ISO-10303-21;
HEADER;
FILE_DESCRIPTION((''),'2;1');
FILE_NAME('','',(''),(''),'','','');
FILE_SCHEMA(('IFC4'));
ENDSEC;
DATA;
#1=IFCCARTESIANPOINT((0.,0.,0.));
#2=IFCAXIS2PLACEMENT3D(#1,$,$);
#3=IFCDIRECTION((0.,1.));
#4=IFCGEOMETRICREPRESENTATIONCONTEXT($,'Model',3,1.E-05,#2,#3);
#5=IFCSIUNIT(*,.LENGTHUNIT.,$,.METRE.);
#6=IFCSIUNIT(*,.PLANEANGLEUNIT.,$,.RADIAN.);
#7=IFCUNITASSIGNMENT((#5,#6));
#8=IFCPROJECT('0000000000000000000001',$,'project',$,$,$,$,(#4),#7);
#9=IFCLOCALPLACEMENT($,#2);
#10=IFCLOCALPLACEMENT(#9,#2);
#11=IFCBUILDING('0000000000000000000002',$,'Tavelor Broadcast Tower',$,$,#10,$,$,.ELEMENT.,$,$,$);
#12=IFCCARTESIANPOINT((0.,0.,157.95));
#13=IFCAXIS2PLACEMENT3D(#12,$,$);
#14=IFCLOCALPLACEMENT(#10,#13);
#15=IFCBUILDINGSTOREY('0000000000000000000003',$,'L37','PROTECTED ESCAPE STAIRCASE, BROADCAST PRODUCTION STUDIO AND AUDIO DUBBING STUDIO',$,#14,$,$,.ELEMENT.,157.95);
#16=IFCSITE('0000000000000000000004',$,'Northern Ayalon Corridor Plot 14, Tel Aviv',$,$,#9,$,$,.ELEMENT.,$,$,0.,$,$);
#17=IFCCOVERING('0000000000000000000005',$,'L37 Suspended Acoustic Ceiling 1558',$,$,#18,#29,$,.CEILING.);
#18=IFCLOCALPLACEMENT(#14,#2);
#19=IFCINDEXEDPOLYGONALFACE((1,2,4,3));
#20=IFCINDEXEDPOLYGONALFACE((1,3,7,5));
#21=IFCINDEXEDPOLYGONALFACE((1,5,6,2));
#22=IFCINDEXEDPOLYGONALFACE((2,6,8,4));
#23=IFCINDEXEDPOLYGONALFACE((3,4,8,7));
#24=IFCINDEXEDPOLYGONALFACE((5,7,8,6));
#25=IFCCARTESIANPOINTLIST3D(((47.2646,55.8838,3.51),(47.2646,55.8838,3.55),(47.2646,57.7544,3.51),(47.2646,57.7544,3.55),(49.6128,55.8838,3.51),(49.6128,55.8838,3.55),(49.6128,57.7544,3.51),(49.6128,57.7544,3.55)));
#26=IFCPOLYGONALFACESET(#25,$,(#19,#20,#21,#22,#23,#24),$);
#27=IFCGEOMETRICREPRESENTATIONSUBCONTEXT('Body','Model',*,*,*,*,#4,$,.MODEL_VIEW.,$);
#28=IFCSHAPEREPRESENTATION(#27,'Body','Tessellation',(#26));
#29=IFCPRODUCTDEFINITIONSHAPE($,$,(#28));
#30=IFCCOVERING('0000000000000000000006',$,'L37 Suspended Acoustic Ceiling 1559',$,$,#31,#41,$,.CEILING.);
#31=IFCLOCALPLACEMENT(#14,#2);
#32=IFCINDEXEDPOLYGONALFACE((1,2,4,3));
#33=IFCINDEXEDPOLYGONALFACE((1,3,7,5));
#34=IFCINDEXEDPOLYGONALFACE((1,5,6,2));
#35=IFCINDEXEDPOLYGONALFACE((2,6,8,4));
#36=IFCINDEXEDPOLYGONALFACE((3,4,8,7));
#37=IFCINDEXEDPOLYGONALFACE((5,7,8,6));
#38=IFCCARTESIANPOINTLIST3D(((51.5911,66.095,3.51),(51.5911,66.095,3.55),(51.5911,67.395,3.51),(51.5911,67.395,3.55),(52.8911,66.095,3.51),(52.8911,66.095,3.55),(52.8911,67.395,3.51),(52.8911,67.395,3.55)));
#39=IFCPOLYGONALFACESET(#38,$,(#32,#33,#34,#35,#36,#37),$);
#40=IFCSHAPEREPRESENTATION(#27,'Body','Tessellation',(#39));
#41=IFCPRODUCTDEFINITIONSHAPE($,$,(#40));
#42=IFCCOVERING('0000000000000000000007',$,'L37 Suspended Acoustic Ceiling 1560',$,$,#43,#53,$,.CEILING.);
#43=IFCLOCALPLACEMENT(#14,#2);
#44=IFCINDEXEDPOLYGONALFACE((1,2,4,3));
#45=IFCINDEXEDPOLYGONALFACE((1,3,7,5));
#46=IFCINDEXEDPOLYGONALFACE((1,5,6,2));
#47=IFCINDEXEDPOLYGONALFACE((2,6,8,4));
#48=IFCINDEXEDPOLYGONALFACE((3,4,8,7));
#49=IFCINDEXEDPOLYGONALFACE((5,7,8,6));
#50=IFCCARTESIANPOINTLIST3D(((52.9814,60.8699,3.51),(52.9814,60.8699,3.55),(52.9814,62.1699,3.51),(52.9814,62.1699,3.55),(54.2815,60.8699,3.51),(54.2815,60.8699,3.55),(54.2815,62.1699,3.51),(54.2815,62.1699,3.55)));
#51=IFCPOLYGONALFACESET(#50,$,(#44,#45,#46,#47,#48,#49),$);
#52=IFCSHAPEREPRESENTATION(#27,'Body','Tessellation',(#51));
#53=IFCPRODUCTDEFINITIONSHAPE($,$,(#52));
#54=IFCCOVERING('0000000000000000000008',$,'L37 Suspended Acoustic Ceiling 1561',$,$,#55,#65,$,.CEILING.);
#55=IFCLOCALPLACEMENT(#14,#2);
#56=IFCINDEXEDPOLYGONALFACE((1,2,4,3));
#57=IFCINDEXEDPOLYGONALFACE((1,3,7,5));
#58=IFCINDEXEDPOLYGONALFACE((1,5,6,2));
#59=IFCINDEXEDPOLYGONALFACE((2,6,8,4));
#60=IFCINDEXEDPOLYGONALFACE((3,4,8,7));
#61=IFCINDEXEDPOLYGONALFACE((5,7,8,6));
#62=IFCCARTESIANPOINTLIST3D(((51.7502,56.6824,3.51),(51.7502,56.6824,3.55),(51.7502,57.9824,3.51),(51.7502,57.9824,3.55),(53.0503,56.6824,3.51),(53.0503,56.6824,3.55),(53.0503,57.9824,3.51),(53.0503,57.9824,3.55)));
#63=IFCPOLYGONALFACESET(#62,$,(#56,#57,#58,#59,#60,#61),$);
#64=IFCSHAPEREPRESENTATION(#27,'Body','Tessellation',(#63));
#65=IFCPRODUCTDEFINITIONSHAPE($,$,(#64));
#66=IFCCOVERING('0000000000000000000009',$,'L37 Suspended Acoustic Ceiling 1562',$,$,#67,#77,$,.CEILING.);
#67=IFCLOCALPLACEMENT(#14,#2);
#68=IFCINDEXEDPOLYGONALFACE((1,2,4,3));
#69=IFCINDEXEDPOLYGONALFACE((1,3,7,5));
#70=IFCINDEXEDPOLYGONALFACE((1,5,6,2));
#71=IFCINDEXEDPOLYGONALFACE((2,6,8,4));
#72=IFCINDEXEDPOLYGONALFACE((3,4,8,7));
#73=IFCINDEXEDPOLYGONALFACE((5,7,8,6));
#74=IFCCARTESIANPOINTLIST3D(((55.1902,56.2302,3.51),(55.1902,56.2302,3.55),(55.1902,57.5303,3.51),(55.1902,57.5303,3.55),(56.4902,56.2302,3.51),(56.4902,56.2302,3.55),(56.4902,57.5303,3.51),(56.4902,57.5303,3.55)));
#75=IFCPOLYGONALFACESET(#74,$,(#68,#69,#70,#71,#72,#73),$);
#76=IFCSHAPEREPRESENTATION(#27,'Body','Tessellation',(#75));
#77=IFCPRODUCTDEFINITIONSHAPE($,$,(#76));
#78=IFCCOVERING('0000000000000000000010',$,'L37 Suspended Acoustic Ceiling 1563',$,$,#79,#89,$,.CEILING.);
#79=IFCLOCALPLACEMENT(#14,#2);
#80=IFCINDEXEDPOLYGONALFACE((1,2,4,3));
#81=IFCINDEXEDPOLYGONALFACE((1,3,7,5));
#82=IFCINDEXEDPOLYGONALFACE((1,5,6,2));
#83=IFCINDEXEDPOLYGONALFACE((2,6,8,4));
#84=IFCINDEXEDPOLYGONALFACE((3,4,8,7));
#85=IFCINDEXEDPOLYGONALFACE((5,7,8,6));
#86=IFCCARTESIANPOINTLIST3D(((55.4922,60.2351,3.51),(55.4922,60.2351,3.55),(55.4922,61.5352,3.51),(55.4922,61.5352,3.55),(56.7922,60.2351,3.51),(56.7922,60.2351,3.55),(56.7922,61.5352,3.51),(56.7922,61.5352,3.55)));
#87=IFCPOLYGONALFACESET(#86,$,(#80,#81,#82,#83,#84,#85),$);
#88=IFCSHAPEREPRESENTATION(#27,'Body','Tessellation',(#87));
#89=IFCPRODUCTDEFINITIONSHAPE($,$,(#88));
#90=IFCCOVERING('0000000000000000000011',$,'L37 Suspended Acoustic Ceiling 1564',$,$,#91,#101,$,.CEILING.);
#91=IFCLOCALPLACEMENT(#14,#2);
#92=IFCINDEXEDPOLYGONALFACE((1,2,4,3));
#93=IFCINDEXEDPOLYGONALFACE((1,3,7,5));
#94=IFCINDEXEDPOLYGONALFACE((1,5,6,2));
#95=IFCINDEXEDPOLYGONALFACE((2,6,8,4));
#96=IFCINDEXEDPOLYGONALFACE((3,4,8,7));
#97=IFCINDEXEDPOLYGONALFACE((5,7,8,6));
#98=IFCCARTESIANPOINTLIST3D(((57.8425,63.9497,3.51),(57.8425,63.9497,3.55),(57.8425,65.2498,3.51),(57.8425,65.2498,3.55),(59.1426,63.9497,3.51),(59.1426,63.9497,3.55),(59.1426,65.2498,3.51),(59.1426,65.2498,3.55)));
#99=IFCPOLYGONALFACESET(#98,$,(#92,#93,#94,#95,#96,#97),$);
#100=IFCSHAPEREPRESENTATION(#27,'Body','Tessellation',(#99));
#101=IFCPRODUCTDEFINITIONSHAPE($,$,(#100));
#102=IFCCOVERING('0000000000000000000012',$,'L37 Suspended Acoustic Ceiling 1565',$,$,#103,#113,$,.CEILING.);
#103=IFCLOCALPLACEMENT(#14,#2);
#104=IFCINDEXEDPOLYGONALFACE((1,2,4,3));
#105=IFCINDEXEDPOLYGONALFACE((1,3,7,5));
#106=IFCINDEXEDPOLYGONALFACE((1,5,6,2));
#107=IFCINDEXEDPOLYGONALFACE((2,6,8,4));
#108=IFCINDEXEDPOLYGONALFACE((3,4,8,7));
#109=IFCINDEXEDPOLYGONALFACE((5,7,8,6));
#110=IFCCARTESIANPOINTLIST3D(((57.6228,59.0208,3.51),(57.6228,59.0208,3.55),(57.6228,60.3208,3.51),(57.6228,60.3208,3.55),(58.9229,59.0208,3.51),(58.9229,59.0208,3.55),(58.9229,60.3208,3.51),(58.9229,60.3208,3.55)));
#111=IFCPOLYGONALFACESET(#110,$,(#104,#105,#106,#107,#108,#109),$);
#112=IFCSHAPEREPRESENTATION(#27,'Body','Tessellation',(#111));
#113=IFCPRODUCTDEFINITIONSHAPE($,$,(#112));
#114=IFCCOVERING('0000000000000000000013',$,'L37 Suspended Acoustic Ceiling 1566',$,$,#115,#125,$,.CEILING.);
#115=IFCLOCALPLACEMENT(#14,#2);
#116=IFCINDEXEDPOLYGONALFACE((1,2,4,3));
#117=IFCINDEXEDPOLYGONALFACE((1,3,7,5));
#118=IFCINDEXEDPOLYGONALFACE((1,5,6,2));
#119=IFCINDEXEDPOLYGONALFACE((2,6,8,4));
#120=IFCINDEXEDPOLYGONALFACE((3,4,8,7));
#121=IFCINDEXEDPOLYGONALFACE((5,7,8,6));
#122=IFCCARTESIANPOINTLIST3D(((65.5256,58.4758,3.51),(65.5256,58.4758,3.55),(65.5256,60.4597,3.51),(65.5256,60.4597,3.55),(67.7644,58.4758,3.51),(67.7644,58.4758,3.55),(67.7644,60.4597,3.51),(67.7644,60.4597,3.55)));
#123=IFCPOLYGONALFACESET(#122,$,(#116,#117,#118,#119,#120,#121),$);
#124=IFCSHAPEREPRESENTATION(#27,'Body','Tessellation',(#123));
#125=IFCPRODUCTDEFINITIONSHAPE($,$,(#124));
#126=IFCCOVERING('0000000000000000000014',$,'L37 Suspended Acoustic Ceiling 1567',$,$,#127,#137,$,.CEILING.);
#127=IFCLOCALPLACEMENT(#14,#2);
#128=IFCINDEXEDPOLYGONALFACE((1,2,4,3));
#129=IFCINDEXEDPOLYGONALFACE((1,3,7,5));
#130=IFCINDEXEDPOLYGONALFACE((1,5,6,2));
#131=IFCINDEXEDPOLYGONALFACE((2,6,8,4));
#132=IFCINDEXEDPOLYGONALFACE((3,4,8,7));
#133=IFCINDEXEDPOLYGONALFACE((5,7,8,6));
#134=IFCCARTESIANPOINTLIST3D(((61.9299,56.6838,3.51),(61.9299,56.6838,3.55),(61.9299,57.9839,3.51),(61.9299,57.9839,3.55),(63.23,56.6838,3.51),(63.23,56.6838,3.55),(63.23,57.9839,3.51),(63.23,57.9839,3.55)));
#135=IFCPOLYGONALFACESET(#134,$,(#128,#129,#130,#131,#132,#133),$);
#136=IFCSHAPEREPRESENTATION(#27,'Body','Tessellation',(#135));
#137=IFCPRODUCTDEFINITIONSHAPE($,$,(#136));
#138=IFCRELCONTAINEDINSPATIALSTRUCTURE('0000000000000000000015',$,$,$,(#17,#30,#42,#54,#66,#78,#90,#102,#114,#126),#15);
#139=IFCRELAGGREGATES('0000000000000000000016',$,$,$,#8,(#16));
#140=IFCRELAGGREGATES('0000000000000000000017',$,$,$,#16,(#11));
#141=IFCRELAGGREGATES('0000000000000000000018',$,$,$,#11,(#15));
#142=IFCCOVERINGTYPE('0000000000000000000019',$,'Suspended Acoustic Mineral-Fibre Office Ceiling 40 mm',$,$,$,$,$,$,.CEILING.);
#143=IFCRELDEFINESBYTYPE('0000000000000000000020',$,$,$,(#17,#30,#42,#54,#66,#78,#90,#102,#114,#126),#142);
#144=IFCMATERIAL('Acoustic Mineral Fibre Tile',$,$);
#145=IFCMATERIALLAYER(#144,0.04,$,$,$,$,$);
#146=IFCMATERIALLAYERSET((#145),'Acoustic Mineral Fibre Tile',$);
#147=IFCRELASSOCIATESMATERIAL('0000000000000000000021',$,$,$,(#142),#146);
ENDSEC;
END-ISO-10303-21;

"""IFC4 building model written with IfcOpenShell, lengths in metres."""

from ifc_helpers import new_model, si_unit, direction, frame, origin, place, context, subcontext, project, spatial, polyline, outline, extrude, material, layer, layer_set, type_object, element, save


model = new_model("IFC4")

# Units and contexts
model_context = context("Model", 3, precision=1e-05, world=origin(), true_north=direction((0.0, 1.0)))
body_context = subcontext(model_context, "Body", "Model", "MODEL_VIEW")
ifc_project = project(units=[si_unit("LENGTHUNIT", "METRE"), si_unit("PLANEANGLEUNIT", "RADIAN")], contexts=[model_context])

# Site, building, storey
site_placement = place(None, origin())
site = spatial("IfcSite", under=ifc_project, at=site_placement, Name="Northern Ayalon Corridor Plot 14, Tel Aviv", CompositionType="ELEMENT", RefElevation=0.0)
building_placement = place(site_placement, origin())
building = spatial("IfcBuilding", under=site, at=building_placement, Name="Tavelor Broadcast Tower", CompositionType="ELEMENT")
storey_placement = place(building_placement, frame((0.0, 0.0, 157.95)))
storey = spatial("IfcBuildingStorey", under=building, at=storey_placement, Name="L37", Description="PROTECTED ESCAPE STAIRCASE, BROADCAST PRODUCTION STUDIO AND AUDIO DUBBING STUDIO", CompositionType="ELEMENT", Elevation=157.95)

# Coverings
ifc_material_1 = material(Name="Acoustic Mineral Fibre Tile")
ifc_layer_1 = layer(ifc_material_1, 0.04)
ifc_layer_set_1 = layer_set([ifc_layer_1], Name="Acoustic Mineral Fibre Tile")
covering_type_1 = type_object("IfcCoveringType", Name="Suspended Acoustic Mineral-Fibre Office Ceiling 40 mm", PredefinedType="CEILING", material=ifc_layer_set_1)
covering_1_placement = place(storey_placement, frame((0.0, 0.0, 3.51)))
element("IfcCovering", 1, at=covering_1_placement, inside=storey, type_object=covering_type_1, Name="L37 Suspended Acoustic Ceiling 1558", PredefinedType="CEILING", context=body_context, shape_type="SweptSolid", body=[
    extrude(outline(polyline([(47.2646, 55.8838), (49.6128, 55.8838), (49.6128, 57.7544), (47.2646, 57.7544), (47.2646, 55.8838)])), origin(), (0.0, 0.0, 1.0), 0.04),
])
covering_2_placement = place(storey_placement, frame((0.0, 0.0, 3.51)))
element("IfcCovering", 2, at=covering_2_placement, inside=storey, type_object=covering_type_1, Name="L37 Suspended Acoustic Ceiling 1559", PredefinedType="CEILING", context=body_context, shape_type="SweptSolid", body=[
    extrude(outline(polyline([(51.5911, 66.095), (52.8911, 66.095), (52.8911, 67.395), (51.5911, 67.395), (51.5911, 66.095)])), origin(), (0.0, 0.0, 1.0), 0.04),
])
covering_3_placement = place(storey_placement, frame((0.0, 0.0, 3.51)))
element("IfcCovering", 3, at=covering_3_placement, inside=storey, type_object=covering_type_1, Name="L37 Suspended Acoustic Ceiling 1560", PredefinedType="CEILING", context=body_context, shape_type="SweptSolid", body=[
    extrude(outline(polyline([(52.9814, 60.8699), (54.2815, 60.8699), (54.2815, 62.1699), (52.9814, 62.1699), (52.9814, 60.8699)])), origin(), (0.0, 0.0, 1.0), 0.04),
])
covering_4_placement = place(storey_placement, frame((0.0, 0.0, 3.51)))
element("IfcCovering", 4, at=covering_4_placement, inside=storey, type_object=covering_type_1, Name="L37 Suspended Acoustic Ceiling 1561", PredefinedType="CEILING", context=body_context, shape_type="SweptSolid", body=[
    extrude(outline(polyline([(51.7502, 56.6824), (53.0503, 56.6824), (53.0503, 57.9824), (51.7502, 57.9824), (51.7502, 56.6824)])), origin(), (0.0, 0.0, 1.0), 0.04),
])
covering_5_placement = place(storey_placement, frame((0.0, 0.0, 3.51)))
element("IfcCovering", 5, at=covering_5_placement, inside=storey, type_object=covering_type_1, Name="L37 Suspended Acoustic Ceiling 1562", PredefinedType="CEILING", context=body_context, shape_type="SweptSolid", body=[
    extrude(outline(polyline([(55.1902, 56.2302), (56.4902, 56.2302), (56.4902, 57.5303), (55.1902, 57.5303), (55.1902, 56.2302)])), origin(), (0.0, 0.0, 1.0), 0.04),
])
covering_6_placement = place(storey_placement, frame((0.0, 0.0, 3.51)))
element("IfcCovering", 6, at=covering_6_placement, inside=storey, type_object=covering_type_1, Name="L37 Suspended Acoustic Ceiling 1563", PredefinedType="CEILING", context=body_context, shape_type="SweptSolid", body=[
    extrude(outline(polyline([(55.4922, 60.2351), (56.7922, 60.2351), (56.7922, 61.5352), (55.4922, 61.5352), (55.4922, 60.2351)])), origin(), (0.0, 0.0, 1.0), 0.04),
])
covering_7_placement = place(storey_placement, frame((0.0, 0.0, 3.51)))
element("IfcCovering", 7, at=covering_7_placement, inside=storey, type_object=covering_type_1, Name="L37 Suspended Acoustic Ceiling 1564", PredefinedType="CEILING", context=body_context, shape_type="SweptSolid", body=[
    extrude(outline(polyline([(57.8425, 63.9497), (59.1426, 63.9497), (59.1426, 65.2498), (57.8425, 65.2498), (57.8425, 63.9497)])), origin(), (0.0, 0.0, 1.0), 0.04),
])
covering_8_placement = place(storey_placement, frame((0.0, 0.0, 3.51)))
element("IfcCovering", 8, at=covering_8_placement, inside=storey, type_object=covering_type_1, Name="L37 Suspended Acoustic Ceiling 1565", PredefinedType="CEILING", context=body_context, shape_type="SweptSolid", body=[
    extrude(outline(polyline([(57.6228, 59.0208), (58.9229, 59.0208), (58.9229, 60.3208), (57.6228, 60.3208), (57.6228, 59.0208)])), origin(), (0.0, 0.0, 1.0), 0.04),
])
covering_9_placement = place(storey_placement, frame((0.0, 0.0, 3.51)))
element("IfcCovering", 9, at=covering_9_placement, inside=storey, type_object=covering_type_1, Name="L37 Suspended Acoustic Ceiling 1566", PredefinedType="CEILING", context=body_context, shape_type="SweptSolid", body=[
    extrude(outline(polyline([(65.5256, 58.4758), (67.7644, 58.4758), (67.7644, 60.4597), (65.5256, 60.4597), (65.5256, 58.4758)])), origin(), (0.0, 0.0, 1.0), 0.04),
])
covering_10_placement = place(storey_placement, frame((0.0, 0.0, 3.51)))
element("IfcCovering", 10, at=covering_10_placement, inside=storey, type_object=covering_type_1, Name="L37 Suspended Acoustic Ceiling 1567", PredefinedType="CEILING", context=body_context, shape_type="SweptSolid", body=[
    extrude(outline(polyline([(61.9299, 56.6838), (63.23, 56.6838), (63.23, 57.9839), (61.9299, 57.9839), (61.9299, 56.6838)])), origin(), (0.0, 0.0, 1.0), 0.04),
])

save(model, "model.ifc")
